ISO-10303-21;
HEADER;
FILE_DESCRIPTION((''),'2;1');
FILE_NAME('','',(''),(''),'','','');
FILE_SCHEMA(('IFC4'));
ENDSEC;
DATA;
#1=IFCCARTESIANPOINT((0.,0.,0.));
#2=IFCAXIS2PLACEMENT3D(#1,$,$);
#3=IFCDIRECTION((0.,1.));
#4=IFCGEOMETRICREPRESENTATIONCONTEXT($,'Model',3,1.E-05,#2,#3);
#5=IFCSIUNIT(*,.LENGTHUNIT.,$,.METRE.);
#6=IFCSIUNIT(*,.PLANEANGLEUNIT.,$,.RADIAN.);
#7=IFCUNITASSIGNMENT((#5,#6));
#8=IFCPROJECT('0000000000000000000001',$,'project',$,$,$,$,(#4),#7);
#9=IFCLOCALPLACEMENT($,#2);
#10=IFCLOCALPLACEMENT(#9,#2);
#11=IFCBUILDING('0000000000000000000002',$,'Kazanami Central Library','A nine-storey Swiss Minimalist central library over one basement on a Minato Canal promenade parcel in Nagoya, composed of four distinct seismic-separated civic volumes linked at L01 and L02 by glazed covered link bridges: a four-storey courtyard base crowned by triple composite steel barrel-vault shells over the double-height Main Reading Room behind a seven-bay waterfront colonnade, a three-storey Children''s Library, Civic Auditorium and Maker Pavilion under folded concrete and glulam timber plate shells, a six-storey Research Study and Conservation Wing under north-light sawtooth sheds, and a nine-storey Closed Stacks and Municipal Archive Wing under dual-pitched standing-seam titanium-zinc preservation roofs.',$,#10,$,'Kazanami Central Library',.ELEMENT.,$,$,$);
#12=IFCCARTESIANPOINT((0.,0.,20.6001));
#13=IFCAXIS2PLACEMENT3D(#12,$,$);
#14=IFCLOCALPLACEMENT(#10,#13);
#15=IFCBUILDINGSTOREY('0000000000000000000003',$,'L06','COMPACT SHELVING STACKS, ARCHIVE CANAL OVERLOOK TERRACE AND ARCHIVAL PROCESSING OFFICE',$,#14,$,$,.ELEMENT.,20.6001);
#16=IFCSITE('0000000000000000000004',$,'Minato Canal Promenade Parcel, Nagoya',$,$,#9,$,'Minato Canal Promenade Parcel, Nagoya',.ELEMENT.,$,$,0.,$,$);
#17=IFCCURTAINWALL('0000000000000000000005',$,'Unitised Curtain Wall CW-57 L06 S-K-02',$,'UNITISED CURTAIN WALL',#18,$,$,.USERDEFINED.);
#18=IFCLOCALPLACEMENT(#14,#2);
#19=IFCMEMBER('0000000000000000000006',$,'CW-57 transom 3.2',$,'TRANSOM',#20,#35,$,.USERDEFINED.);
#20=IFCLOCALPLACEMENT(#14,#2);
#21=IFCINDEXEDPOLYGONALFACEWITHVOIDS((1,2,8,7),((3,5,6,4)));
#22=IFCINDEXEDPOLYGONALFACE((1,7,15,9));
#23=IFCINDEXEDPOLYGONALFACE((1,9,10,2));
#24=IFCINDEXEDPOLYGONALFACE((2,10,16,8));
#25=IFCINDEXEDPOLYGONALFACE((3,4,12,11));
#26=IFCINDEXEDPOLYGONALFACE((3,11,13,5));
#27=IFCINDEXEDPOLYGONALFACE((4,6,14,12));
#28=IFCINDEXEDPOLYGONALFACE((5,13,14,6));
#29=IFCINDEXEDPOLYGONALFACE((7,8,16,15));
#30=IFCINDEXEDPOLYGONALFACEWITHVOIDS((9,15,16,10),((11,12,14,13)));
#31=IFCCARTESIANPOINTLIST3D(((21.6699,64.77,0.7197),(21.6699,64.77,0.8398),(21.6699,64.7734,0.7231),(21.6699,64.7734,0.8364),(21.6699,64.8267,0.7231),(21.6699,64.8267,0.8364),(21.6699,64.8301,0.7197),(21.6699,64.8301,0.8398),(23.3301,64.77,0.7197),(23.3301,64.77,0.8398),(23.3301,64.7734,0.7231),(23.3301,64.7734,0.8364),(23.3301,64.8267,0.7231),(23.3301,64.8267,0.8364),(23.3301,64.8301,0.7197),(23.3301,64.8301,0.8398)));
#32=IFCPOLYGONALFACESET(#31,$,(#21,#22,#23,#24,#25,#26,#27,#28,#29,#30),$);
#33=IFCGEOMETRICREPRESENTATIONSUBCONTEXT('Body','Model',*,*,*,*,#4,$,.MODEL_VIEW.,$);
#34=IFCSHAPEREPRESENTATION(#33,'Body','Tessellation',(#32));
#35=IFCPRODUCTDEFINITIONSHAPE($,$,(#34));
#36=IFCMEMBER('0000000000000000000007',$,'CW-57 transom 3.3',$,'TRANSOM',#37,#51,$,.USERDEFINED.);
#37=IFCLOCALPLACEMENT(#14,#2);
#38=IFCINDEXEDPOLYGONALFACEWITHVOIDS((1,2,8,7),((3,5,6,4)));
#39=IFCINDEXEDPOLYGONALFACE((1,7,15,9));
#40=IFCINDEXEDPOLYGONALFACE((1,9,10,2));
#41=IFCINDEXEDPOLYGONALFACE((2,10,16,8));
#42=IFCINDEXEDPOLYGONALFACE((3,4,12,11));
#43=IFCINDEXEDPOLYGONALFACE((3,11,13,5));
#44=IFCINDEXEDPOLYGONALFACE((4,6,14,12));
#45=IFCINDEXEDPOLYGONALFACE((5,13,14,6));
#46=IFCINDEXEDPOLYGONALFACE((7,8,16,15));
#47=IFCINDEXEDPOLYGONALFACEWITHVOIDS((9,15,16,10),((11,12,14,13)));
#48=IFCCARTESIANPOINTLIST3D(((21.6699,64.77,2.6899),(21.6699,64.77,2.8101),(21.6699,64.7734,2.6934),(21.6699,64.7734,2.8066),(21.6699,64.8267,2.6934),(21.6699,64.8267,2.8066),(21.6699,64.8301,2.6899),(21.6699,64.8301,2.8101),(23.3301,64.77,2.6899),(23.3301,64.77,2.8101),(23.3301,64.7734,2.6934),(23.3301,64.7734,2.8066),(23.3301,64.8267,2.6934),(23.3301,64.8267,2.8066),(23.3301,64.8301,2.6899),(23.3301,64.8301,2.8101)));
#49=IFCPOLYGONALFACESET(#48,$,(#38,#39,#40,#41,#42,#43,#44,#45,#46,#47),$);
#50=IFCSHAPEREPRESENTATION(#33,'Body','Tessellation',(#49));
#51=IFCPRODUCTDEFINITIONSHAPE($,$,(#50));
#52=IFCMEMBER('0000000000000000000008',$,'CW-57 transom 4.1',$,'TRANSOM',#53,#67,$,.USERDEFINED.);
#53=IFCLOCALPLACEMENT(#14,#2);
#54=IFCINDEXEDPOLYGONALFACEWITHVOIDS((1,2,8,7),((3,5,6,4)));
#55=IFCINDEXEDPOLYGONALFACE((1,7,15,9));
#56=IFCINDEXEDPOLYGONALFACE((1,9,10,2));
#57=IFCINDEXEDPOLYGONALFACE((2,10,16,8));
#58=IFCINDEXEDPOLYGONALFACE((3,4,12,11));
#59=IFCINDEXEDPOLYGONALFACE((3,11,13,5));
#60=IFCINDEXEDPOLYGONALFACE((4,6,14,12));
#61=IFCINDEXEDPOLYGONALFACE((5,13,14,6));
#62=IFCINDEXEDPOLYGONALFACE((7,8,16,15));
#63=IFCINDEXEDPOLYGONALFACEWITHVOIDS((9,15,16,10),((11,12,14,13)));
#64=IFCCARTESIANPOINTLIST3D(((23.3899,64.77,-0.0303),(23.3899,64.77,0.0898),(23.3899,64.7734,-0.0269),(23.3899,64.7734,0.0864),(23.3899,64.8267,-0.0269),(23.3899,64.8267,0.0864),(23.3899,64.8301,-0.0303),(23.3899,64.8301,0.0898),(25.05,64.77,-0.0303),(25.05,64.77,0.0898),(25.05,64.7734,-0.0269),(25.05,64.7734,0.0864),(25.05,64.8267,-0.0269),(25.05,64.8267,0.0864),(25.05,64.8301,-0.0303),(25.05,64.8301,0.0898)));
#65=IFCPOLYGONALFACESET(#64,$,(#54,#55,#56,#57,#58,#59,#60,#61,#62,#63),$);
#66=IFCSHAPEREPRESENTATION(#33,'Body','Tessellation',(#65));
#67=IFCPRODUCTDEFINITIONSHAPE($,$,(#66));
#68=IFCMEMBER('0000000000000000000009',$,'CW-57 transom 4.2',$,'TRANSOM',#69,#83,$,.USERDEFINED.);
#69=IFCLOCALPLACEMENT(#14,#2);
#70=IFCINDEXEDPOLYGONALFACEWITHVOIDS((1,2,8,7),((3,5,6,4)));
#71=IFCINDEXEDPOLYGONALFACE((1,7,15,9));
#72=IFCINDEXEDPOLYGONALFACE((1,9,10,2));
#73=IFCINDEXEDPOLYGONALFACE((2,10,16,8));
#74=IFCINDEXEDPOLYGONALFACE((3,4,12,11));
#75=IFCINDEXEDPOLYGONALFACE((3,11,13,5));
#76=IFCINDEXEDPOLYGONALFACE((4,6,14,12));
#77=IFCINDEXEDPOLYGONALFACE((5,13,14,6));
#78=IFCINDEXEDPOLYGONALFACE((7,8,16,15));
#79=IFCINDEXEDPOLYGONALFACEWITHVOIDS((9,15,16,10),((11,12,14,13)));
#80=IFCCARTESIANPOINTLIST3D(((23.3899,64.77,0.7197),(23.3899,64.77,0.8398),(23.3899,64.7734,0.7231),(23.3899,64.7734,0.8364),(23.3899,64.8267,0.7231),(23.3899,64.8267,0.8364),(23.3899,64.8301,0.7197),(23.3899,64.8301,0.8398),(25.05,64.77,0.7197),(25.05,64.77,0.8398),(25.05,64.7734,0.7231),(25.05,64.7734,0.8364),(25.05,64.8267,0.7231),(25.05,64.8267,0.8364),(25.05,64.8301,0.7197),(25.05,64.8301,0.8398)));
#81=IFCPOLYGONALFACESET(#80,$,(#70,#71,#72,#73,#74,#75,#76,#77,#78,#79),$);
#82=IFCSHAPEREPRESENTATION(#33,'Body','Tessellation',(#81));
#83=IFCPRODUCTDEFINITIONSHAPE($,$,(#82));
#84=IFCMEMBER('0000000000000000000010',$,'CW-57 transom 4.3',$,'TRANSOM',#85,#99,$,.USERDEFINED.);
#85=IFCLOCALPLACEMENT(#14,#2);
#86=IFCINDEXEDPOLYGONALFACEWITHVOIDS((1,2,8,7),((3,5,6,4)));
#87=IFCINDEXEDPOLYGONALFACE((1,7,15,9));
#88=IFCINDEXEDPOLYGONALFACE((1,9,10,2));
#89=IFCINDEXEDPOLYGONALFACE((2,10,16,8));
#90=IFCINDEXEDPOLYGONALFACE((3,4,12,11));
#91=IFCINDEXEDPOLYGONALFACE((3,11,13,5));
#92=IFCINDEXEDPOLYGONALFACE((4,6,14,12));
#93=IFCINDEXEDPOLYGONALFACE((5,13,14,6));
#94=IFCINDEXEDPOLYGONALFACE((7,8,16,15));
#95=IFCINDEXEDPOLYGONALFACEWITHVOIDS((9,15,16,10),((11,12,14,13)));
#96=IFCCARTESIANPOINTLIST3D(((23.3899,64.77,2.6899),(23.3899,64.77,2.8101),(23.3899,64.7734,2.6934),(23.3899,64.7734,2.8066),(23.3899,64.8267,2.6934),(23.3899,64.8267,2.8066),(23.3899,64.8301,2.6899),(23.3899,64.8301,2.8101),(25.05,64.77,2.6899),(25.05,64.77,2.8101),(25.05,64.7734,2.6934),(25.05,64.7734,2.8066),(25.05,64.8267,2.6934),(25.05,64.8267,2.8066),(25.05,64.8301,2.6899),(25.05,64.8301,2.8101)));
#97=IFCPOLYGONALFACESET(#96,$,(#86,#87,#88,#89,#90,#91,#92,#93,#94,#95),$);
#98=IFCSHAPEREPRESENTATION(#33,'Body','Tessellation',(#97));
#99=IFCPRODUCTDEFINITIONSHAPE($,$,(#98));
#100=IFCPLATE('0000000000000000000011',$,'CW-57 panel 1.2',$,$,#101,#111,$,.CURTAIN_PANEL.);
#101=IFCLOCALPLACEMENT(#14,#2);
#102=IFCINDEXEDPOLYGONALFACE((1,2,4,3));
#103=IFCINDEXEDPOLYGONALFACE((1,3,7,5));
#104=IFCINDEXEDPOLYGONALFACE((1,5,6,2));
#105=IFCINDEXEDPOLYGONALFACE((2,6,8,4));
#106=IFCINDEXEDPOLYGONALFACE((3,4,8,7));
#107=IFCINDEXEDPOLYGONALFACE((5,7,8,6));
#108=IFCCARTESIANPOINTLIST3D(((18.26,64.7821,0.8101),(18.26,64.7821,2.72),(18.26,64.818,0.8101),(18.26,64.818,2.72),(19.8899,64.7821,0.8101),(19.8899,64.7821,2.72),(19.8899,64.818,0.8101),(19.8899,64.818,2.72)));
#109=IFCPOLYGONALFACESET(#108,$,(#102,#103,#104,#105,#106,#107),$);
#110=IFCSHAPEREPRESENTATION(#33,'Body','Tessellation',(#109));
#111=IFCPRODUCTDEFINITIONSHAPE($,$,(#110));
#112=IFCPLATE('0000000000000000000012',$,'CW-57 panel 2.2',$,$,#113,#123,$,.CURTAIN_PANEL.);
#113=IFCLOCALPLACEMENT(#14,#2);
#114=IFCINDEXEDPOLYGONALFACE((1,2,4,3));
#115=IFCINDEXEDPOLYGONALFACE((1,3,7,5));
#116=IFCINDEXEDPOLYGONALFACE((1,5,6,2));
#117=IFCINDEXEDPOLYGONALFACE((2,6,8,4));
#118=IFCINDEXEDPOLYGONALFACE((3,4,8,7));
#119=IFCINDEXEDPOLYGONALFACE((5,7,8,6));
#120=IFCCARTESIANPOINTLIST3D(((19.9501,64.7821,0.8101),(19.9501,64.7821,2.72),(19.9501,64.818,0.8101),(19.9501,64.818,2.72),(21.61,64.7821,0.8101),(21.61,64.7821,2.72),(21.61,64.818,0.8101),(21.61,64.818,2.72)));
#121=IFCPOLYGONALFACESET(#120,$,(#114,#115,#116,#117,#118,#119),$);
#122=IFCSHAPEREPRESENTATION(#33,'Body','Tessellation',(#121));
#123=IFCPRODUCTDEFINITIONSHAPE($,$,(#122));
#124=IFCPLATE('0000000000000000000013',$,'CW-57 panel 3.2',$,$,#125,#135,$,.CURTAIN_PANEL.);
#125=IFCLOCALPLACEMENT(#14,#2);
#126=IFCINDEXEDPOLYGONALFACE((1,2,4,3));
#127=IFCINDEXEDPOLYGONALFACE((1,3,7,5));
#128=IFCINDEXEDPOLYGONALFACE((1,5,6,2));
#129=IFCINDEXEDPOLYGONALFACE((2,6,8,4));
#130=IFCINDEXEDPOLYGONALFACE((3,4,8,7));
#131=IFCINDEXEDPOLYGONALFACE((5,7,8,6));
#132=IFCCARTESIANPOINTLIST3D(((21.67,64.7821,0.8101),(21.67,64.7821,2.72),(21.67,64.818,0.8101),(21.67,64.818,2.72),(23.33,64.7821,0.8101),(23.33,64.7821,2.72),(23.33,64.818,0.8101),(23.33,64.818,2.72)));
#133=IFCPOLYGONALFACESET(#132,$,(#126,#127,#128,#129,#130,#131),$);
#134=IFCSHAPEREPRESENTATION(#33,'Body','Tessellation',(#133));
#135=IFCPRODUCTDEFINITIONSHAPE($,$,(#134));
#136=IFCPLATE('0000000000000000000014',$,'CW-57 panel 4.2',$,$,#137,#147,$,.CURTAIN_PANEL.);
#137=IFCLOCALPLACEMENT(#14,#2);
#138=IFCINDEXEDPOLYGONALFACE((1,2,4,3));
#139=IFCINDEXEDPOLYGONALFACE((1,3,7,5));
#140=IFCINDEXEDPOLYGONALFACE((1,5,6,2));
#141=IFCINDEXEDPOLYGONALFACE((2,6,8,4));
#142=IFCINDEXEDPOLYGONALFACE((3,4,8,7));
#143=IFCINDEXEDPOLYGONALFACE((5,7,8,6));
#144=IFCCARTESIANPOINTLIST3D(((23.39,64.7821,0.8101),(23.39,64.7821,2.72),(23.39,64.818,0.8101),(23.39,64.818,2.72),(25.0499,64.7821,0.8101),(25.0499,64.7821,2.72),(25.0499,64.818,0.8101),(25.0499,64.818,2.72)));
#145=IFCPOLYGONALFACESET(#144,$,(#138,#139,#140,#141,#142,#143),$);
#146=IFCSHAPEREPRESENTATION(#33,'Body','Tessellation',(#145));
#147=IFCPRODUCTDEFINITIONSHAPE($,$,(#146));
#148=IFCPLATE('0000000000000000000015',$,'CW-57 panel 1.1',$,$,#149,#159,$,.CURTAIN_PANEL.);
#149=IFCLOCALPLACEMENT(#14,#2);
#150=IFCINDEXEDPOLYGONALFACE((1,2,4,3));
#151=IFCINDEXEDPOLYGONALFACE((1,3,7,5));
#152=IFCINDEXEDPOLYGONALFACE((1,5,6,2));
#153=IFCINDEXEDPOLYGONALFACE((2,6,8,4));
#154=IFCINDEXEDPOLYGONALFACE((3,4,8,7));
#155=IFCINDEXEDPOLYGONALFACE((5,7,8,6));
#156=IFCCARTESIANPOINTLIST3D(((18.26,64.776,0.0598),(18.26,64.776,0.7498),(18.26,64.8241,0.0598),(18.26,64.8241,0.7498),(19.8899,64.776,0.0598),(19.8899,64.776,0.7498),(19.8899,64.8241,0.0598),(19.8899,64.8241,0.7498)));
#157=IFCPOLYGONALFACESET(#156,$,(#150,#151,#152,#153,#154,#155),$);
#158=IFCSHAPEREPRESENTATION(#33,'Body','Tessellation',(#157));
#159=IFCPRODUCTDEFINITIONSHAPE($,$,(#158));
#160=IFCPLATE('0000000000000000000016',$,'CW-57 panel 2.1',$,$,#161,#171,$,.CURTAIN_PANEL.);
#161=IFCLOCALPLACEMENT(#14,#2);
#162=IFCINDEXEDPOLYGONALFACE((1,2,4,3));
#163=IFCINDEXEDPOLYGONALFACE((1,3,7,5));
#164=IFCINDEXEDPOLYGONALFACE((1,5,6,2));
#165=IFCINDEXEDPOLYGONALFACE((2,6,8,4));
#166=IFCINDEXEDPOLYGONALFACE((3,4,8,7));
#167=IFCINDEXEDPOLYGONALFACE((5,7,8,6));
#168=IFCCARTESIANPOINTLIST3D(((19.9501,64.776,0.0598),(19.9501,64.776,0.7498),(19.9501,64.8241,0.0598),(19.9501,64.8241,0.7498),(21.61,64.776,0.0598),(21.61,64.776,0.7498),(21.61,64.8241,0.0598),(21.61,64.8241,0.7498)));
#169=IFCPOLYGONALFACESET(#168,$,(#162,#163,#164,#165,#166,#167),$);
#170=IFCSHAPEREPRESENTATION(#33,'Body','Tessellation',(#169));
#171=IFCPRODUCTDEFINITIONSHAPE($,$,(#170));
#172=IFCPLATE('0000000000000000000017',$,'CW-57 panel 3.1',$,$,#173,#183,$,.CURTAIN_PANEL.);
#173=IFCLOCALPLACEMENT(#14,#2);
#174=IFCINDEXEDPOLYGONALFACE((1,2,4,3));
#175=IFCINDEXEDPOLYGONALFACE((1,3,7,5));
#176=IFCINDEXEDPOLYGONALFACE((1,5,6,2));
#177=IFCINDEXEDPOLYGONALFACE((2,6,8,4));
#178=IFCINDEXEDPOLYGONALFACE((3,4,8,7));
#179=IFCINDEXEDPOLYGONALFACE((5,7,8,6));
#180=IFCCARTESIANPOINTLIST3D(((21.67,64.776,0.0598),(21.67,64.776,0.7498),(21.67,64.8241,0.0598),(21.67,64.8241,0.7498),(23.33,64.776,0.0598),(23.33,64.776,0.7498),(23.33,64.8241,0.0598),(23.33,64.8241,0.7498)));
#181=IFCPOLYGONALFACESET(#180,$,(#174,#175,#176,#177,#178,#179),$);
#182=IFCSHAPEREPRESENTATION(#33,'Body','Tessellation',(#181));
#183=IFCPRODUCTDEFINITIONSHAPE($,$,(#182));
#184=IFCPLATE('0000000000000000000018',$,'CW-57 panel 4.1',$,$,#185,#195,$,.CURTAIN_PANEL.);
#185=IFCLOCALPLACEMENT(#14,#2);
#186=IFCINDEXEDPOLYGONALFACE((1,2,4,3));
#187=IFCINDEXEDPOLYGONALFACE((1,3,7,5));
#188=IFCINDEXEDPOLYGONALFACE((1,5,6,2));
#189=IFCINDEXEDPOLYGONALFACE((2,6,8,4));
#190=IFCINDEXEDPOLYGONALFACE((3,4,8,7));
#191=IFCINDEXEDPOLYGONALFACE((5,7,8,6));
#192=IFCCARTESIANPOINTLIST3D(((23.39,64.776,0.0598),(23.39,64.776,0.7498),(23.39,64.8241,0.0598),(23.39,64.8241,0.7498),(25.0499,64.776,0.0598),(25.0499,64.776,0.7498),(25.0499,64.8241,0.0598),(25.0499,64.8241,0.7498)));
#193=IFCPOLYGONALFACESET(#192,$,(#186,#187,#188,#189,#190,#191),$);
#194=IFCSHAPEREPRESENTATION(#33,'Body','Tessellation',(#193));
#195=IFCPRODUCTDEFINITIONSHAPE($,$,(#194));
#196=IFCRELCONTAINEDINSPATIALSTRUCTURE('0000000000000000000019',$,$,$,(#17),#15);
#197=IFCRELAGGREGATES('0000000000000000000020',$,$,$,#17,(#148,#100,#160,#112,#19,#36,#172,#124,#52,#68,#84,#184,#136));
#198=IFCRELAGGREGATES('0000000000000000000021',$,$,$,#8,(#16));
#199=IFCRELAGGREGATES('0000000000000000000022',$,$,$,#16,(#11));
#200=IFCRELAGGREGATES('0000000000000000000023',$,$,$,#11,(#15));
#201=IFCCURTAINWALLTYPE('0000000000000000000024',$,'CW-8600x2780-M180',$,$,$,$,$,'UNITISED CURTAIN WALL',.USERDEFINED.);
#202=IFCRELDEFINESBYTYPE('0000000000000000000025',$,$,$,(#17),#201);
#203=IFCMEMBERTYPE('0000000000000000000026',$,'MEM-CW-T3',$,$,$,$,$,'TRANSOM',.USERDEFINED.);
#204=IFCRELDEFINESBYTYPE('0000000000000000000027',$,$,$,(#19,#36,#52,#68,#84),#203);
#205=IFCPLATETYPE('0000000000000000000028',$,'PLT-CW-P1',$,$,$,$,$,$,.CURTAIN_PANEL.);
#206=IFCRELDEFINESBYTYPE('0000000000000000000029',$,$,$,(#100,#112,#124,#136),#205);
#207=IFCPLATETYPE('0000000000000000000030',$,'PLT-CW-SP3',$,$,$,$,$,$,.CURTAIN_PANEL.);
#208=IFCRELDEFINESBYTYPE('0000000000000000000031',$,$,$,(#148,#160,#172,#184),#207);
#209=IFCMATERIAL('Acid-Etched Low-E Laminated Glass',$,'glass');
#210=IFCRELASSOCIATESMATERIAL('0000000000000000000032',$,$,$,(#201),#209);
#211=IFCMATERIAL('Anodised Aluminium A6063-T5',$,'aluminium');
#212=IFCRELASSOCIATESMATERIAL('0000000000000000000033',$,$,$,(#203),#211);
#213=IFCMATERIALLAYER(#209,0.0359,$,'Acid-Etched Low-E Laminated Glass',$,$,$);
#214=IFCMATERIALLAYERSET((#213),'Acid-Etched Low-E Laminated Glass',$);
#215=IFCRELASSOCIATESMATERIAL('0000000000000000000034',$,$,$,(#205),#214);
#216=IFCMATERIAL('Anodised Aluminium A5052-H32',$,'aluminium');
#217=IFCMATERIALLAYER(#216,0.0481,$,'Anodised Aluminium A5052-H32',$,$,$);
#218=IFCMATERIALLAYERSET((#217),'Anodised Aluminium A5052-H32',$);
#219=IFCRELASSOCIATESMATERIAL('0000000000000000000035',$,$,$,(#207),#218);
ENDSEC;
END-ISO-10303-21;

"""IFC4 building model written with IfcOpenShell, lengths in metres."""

from ifc_helpers import new_model, si_unit, direction, frame, origin, origin_2d, place, context, subcontext, project, spatial, rectangle, hollow_rectangle, extrude, material, layer, layer_set, material_profile, profile_set, type_object, element, aggregate, save


model = new_model("IFC4")

# Units and contexts
model_context = context("Model", 3, precision=1e-05, world=origin(), true_north=direction((0.0, 1.0)))
body_context = subcontext(model_context, "Body", "Model", "MODEL_VIEW")
ifc_project = project(units=[si_unit("LENGTHUNIT", "METRE"), si_unit("PLANEANGLEUNIT", "RADIAN")], contexts=[model_context])

# Site, building, storey
site_placement = place(None, origin())
site = spatial("IfcSite", under=ifc_project, at=site_placement, Name="Minato Canal Promenade Parcel, Nagoya", LongName="Minato Canal Promenade Parcel, Nagoya", CompositionType="ELEMENT", RefElevation=0.0)
building_placement = place(site_placement, origin())
building = spatial("IfcBuilding", under=site, at=building_placement, Name="Kazanami Central Library", Description="A nine-storey Swiss Minimalist central library over one basement on a Minato Canal promenade parcel in Nagoya, composed of four distinct seismic-separated civic volumes linked at L01 and L02 by glazed covered link bridges: a four-storey courtyard base crowned by triple composite steel barrel-vault shells over the double-height Main Reading Room behind a seven-bay waterfront colonnade, a three-storey Children's Library, Civic Auditorium and Maker Pavilion under folded concrete and glulam timber plate shells, a six-storey Research Study and Conservation Wing under north-light sawtooth sheds, and a nine-storey Closed Stacks and Municipal Archive Wing under dual-pitched standing-seam titanium-zinc preservation roofs.", LongName="Kazanami Central Library", CompositionType="ELEMENT")
storey_placement = place(building_placement, frame((0.0, 0.0, 20.6001)))
storey = spatial("IfcBuildingStorey", under=building, at=storey_placement, Name="L06", Description="COMPACT SHELVING STACKS, ARCHIVE CANAL OVERLOOK TERRACE AND ARCHIVAL PROCESSING OFFICE", CompositionType="ELEMENT", Elevation=20.6001)

# Curtain wall, members, plates
ifc_material_1 = material(Name="Acid-Etched Low-E Laminated Glass", Category="glass")
curtain_wall_type = type_object("IfcCurtainWallType", Name="CW-8600x2780-M180", ElementType="UNITISED CURTAIN WALL", PredefinedType="USERDEFINED", material=ifc_material_1)
curtain_wall_placement = place(storey_placement, origin())
curtain_wall = element("IfcCurtainWall", 1, at=curtain_wall_placement, inside=storey, type_object=curtain_wall_type, Name="Unitised Curtain Wall CW-57 L06 S-K-02", ObjectType="UNITISED CURTAIN WALL", PredefinedType="USERDEFINED")
ifc_material_2 = material(Name="Anodised Aluminium A6063-T5", Category="aluminium")
ifc_material_profile_1 = material_profile(ifc_material_2, hollow_rectangle(XDim=0.0601, YDim=0.1201, WallThickness=0.0034, at=origin_2d()), Name="ALU-TRAN-60x120x3.5")
ifc_profile_set_1 = profile_set([ifc_material_profile_1], Name="Anodised Aluminium A6063-T5")
member_type_1 = type_object("IfcMemberType", Name="MEM-CW-T3", ElementType="TRANSOM", PredefinedType="USERDEFINED", material=ifc_profile_set_1)
member_1_placement = place(storey_placement, frame((21.6699, 64.8, 0.7798), z_axis=(1.0, 0.0, 0.0), x_axis=(0.0, 1.0, 0.0)))
member_1 = element("IfcMember", 2, at=member_1_placement, type_object=member_type_1, Name="CW-57 transom 3.2", ObjectType="TRANSOM", PredefinedType="USERDEFINED", context=body_context, shape_type="SweptSolid", body=[
    extrude(hollow_rectangle(XDim=0.0601, YDim=0.1201, WallThickness=0.0034, at=origin_2d()), origin(), (0.0, 0.0, 1.0), 1.6602),
])
member_2_placement = place(storey_placement, frame((21.6699, 64.8, 2.75), z_axis=(1.0, 0.0, 0.0), x_axis=(0.0, 1.0, 0.0)))
member_2 = element("IfcMember", 3, at=member_2_placement, type_object=member_type_1, Name="CW-57 transom 3.3", ObjectType="TRANSOM", PredefinedType="USERDEFINED", context=body_context, shape_type="SweptSolid", body=[
    extrude(hollow_rectangle(XDim=0.0601, YDim=0.1201, WallThickness=0.0034, at=origin_2d()), origin(), (0.0, 0.0, 1.0), 1.6602),
])
member_3_placement = place(storey_placement, frame((23.3899, 64.8, 0.0298), z_axis=(1.0, 0.0, 0.0), x_axis=(0.0, 1.0, 0.0)))
member_3 = element("IfcMember", 4, at=member_3_placement, type_object=member_type_1, Name="CW-57 transom 4.1", ObjectType="TRANSOM", PredefinedType="USERDEFINED", context=body_context, shape_type="SweptSolid", body=[
    extrude(hollow_rectangle(XDim=0.0601, YDim=0.1201, WallThickness=0.0034, at=origin_2d()), origin(), (0.0, 0.0, 1.0), 1.6602),
])
member_4_placement = place(storey_placement, frame((23.3899, 64.8, 0.7798), z_axis=(1.0, 0.0, 0.0), x_axis=(0.0, 1.0, 0.0)))
member_4 = element("IfcMember", 5, at=member_4_placement, type_object=member_type_1, Name="CW-57 transom 4.2", ObjectType="TRANSOM", PredefinedType="USERDEFINED", context=body_context, shape_type="SweptSolid", body=[
    extrude(hollow_rectangle(XDim=0.0601, YDim=0.1201, WallThickness=0.0034, at=origin_2d()), origin(), (0.0, 0.0, 1.0), 1.6602),
])
member_5_placement = place(storey_placement, frame((23.3899, 64.8, 2.75), z_axis=(1.0, 0.0, 0.0), x_axis=(0.0, 1.0, 0.0)))
member_5 = element("IfcMember", 6, at=member_5_placement, type_object=member_type_1, Name="CW-57 transom 4.3", ObjectType="TRANSOM", PredefinedType="USERDEFINED", context=body_context, shape_type="SweptSolid", body=[
    extrude(hollow_rectangle(XDim=0.0601, YDim=0.1201, WallThickness=0.0034, at=origin_2d()), origin(), (0.0, 0.0, 1.0), 1.6602),
])
ifc_layer_1 = layer(ifc_material_1, 0.0359, Name="Acid-Etched Low-E Laminated Glass")
ifc_layer_set_1 = layer_set([ifc_layer_1], Name="Acid-Etched Low-E Laminated Glass")
plate_type_1 = type_object("IfcPlateType", Name="PLT-CW-P1", PredefinedType="CURTAIN_PANEL", material=ifc_layer_set_1)
plate_1_placement = place(storey_placement, frame((19.075, 64.8, 0.8101), z_axis=(0.0, 0.0, 1.0), x_axis=(1.0, 0.0, 0.0)))
plate_1 = element("IfcPlate", 7, at=plate_1_placement, type_object=plate_type_1, Name="CW-57 panel 1.2", PredefinedType="CURTAIN_PANEL", context=body_context, shape_type="SweptSolid", body=[
    extrude(rectangle(XDim=1.6299, YDim=0.0359, at=origin_2d()), origin(), (0.0, 0.0, 1.0), 1.9099),
])
plate_2_placement = place(storey_placement, frame((20.78, 64.8, 0.8101), z_axis=(0.0, 0.0, 1.0), x_axis=(1.0, 0.0, 0.0)))
plate_2 = element("IfcPlate", 8, at=plate_2_placement, type_object=plate_type_1, Name="CW-57 panel 2.2", PredefinedType="CURTAIN_PANEL", context=body_context, shape_type="SweptSolid", body=[
    extrude(rectangle(XDim=1.6599, YDim=0.0359, at=origin_2d()), origin(), (0.0, 0.0, 1.0), 1.9099),
])
plate_3_placement = place(storey_placement, frame((22.5, 64.8, 0.8101), z_axis=(0.0, 0.0, 1.0), x_axis=(1.0, 0.0, 0.0)))
plate_3 = element("IfcPlate", 9, at=plate_3_placement, type_object=plate_type_1, Name="CW-57 panel 3.2", PredefinedType="CURTAIN_PANEL", context=body_context, shape_type="SweptSolid", body=[
    extrude(rectangle(XDim=1.6599, YDim=0.0359, at=origin_2d()), origin(), (0.0, 0.0, 1.0), 1.9099),
])
plate_4_placement = place(storey_placement, frame((24.22, 64.8, 0.8101), z_axis=(0.0, 0.0, 1.0), x_axis=(1.0, 0.0, 0.0)))
plate_4 = element("IfcPlate", 10, at=plate_4_placement, type_object=plate_type_1, Name="CW-57 panel 4.2", PredefinedType="CURTAIN_PANEL", context=body_context, shape_type="SweptSolid", body=[
    extrude(rectangle(XDim=1.6599, YDim=0.0359, at=origin_2d()), origin(), (0.0, 0.0, 1.0), 1.9099),
])
ifc_material_3 = material(Name="Anodised Aluminium A5052-H32", Category="aluminium")
ifc_layer_2 = layer(ifc_material_3, 0.0481, Name="Anodised Aluminium A5052-H32")
ifc_layer_set_2 = layer_set([ifc_layer_2], Name="Anodised Aluminium A5052-H32")
plate_type_2 = type_object("IfcPlateType", Name="PLT-CW-SP3", PredefinedType="CURTAIN_PANEL", material=ifc_layer_set_2)
plate_5_placement = place(storey_placement, frame((19.075, 64.8, 0.0598), z_axis=(0.0, 0.0, 1.0), x_axis=(1.0, 0.0, 0.0)))
plate_5 = element("IfcPlate", 11, at=plate_5_placement, type_object=plate_type_2, Name="CW-57 panel 1.1", PredefinedType="CURTAIN_PANEL", context=body_context, shape_type="SweptSolid", body=[
    extrude(rectangle(XDim=1.6299, YDim=0.0481, at=origin_2d()), origin(), (0.0, 0.0, 1.0), 0.6899),
])
plate_6_placement = place(storey_placement, frame((20.78, 64.8, 0.0598), z_axis=(0.0, 0.0, 1.0), x_axis=(1.0, 0.0, 0.0)))
plate_6 = element("IfcPlate", 12, at=plate_6_placement, type_object=plate_type_2, Name="CW-57 panel 2.1", PredefinedType="CURTAIN_PANEL", context=body_context, shape_type="SweptSolid", body=[
    extrude(rectangle(XDim=1.6599, YDim=0.0481, at=origin_2d()), origin(), (0.0, 0.0, 1.0), 0.6899),
])
plate_7_placement = place(storey_placement, frame((22.5, 64.8, 0.0598), z_axis=(0.0, 0.0, 1.0), x_axis=(1.0, 0.0, 0.0)))
plate_7 = element("IfcPlate", 13, at=plate_7_placement, type_object=plate_type_2, Name="CW-57 panel 3.1", PredefinedType="CURTAIN_PANEL", context=body_context, shape_type="SweptSolid", body=[
    extrude(rectangle(XDim=1.6599, YDim=0.0481, at=origin_2d()), origin(), (0.0, 0.0, 1.0), 0.6899),
])
plate_8_placement = place(storey_placement, frame((24.22, 64.8, 0.0598), z_axis=(0.0, 0.0, 1.0), x_axis=(1.0, 0.0, 0.0)))
plate_8 = element("IfcPlate", 14, at=plate_8_placement, type_object=plate_type_2, Name="CW-57 panel 4.1", PredefinedType="CURTAIN_PANEL", context=body_context, shape_type="SweptSolid", body=[
    extrude(rectangle(XDim=1.6599, YDim=0.0481, at=origin_2d()), origin(), (0.0, 0.0, 1.0), 0.6899),
])
aggregate(curtain_wall, [plate_5, plate_1, plate_6, plate_2, member_1, member_2, plate_7, plate_3, member_3, member_4, member_5, plate_8, plate_4])

save(model, "model.ifc")
